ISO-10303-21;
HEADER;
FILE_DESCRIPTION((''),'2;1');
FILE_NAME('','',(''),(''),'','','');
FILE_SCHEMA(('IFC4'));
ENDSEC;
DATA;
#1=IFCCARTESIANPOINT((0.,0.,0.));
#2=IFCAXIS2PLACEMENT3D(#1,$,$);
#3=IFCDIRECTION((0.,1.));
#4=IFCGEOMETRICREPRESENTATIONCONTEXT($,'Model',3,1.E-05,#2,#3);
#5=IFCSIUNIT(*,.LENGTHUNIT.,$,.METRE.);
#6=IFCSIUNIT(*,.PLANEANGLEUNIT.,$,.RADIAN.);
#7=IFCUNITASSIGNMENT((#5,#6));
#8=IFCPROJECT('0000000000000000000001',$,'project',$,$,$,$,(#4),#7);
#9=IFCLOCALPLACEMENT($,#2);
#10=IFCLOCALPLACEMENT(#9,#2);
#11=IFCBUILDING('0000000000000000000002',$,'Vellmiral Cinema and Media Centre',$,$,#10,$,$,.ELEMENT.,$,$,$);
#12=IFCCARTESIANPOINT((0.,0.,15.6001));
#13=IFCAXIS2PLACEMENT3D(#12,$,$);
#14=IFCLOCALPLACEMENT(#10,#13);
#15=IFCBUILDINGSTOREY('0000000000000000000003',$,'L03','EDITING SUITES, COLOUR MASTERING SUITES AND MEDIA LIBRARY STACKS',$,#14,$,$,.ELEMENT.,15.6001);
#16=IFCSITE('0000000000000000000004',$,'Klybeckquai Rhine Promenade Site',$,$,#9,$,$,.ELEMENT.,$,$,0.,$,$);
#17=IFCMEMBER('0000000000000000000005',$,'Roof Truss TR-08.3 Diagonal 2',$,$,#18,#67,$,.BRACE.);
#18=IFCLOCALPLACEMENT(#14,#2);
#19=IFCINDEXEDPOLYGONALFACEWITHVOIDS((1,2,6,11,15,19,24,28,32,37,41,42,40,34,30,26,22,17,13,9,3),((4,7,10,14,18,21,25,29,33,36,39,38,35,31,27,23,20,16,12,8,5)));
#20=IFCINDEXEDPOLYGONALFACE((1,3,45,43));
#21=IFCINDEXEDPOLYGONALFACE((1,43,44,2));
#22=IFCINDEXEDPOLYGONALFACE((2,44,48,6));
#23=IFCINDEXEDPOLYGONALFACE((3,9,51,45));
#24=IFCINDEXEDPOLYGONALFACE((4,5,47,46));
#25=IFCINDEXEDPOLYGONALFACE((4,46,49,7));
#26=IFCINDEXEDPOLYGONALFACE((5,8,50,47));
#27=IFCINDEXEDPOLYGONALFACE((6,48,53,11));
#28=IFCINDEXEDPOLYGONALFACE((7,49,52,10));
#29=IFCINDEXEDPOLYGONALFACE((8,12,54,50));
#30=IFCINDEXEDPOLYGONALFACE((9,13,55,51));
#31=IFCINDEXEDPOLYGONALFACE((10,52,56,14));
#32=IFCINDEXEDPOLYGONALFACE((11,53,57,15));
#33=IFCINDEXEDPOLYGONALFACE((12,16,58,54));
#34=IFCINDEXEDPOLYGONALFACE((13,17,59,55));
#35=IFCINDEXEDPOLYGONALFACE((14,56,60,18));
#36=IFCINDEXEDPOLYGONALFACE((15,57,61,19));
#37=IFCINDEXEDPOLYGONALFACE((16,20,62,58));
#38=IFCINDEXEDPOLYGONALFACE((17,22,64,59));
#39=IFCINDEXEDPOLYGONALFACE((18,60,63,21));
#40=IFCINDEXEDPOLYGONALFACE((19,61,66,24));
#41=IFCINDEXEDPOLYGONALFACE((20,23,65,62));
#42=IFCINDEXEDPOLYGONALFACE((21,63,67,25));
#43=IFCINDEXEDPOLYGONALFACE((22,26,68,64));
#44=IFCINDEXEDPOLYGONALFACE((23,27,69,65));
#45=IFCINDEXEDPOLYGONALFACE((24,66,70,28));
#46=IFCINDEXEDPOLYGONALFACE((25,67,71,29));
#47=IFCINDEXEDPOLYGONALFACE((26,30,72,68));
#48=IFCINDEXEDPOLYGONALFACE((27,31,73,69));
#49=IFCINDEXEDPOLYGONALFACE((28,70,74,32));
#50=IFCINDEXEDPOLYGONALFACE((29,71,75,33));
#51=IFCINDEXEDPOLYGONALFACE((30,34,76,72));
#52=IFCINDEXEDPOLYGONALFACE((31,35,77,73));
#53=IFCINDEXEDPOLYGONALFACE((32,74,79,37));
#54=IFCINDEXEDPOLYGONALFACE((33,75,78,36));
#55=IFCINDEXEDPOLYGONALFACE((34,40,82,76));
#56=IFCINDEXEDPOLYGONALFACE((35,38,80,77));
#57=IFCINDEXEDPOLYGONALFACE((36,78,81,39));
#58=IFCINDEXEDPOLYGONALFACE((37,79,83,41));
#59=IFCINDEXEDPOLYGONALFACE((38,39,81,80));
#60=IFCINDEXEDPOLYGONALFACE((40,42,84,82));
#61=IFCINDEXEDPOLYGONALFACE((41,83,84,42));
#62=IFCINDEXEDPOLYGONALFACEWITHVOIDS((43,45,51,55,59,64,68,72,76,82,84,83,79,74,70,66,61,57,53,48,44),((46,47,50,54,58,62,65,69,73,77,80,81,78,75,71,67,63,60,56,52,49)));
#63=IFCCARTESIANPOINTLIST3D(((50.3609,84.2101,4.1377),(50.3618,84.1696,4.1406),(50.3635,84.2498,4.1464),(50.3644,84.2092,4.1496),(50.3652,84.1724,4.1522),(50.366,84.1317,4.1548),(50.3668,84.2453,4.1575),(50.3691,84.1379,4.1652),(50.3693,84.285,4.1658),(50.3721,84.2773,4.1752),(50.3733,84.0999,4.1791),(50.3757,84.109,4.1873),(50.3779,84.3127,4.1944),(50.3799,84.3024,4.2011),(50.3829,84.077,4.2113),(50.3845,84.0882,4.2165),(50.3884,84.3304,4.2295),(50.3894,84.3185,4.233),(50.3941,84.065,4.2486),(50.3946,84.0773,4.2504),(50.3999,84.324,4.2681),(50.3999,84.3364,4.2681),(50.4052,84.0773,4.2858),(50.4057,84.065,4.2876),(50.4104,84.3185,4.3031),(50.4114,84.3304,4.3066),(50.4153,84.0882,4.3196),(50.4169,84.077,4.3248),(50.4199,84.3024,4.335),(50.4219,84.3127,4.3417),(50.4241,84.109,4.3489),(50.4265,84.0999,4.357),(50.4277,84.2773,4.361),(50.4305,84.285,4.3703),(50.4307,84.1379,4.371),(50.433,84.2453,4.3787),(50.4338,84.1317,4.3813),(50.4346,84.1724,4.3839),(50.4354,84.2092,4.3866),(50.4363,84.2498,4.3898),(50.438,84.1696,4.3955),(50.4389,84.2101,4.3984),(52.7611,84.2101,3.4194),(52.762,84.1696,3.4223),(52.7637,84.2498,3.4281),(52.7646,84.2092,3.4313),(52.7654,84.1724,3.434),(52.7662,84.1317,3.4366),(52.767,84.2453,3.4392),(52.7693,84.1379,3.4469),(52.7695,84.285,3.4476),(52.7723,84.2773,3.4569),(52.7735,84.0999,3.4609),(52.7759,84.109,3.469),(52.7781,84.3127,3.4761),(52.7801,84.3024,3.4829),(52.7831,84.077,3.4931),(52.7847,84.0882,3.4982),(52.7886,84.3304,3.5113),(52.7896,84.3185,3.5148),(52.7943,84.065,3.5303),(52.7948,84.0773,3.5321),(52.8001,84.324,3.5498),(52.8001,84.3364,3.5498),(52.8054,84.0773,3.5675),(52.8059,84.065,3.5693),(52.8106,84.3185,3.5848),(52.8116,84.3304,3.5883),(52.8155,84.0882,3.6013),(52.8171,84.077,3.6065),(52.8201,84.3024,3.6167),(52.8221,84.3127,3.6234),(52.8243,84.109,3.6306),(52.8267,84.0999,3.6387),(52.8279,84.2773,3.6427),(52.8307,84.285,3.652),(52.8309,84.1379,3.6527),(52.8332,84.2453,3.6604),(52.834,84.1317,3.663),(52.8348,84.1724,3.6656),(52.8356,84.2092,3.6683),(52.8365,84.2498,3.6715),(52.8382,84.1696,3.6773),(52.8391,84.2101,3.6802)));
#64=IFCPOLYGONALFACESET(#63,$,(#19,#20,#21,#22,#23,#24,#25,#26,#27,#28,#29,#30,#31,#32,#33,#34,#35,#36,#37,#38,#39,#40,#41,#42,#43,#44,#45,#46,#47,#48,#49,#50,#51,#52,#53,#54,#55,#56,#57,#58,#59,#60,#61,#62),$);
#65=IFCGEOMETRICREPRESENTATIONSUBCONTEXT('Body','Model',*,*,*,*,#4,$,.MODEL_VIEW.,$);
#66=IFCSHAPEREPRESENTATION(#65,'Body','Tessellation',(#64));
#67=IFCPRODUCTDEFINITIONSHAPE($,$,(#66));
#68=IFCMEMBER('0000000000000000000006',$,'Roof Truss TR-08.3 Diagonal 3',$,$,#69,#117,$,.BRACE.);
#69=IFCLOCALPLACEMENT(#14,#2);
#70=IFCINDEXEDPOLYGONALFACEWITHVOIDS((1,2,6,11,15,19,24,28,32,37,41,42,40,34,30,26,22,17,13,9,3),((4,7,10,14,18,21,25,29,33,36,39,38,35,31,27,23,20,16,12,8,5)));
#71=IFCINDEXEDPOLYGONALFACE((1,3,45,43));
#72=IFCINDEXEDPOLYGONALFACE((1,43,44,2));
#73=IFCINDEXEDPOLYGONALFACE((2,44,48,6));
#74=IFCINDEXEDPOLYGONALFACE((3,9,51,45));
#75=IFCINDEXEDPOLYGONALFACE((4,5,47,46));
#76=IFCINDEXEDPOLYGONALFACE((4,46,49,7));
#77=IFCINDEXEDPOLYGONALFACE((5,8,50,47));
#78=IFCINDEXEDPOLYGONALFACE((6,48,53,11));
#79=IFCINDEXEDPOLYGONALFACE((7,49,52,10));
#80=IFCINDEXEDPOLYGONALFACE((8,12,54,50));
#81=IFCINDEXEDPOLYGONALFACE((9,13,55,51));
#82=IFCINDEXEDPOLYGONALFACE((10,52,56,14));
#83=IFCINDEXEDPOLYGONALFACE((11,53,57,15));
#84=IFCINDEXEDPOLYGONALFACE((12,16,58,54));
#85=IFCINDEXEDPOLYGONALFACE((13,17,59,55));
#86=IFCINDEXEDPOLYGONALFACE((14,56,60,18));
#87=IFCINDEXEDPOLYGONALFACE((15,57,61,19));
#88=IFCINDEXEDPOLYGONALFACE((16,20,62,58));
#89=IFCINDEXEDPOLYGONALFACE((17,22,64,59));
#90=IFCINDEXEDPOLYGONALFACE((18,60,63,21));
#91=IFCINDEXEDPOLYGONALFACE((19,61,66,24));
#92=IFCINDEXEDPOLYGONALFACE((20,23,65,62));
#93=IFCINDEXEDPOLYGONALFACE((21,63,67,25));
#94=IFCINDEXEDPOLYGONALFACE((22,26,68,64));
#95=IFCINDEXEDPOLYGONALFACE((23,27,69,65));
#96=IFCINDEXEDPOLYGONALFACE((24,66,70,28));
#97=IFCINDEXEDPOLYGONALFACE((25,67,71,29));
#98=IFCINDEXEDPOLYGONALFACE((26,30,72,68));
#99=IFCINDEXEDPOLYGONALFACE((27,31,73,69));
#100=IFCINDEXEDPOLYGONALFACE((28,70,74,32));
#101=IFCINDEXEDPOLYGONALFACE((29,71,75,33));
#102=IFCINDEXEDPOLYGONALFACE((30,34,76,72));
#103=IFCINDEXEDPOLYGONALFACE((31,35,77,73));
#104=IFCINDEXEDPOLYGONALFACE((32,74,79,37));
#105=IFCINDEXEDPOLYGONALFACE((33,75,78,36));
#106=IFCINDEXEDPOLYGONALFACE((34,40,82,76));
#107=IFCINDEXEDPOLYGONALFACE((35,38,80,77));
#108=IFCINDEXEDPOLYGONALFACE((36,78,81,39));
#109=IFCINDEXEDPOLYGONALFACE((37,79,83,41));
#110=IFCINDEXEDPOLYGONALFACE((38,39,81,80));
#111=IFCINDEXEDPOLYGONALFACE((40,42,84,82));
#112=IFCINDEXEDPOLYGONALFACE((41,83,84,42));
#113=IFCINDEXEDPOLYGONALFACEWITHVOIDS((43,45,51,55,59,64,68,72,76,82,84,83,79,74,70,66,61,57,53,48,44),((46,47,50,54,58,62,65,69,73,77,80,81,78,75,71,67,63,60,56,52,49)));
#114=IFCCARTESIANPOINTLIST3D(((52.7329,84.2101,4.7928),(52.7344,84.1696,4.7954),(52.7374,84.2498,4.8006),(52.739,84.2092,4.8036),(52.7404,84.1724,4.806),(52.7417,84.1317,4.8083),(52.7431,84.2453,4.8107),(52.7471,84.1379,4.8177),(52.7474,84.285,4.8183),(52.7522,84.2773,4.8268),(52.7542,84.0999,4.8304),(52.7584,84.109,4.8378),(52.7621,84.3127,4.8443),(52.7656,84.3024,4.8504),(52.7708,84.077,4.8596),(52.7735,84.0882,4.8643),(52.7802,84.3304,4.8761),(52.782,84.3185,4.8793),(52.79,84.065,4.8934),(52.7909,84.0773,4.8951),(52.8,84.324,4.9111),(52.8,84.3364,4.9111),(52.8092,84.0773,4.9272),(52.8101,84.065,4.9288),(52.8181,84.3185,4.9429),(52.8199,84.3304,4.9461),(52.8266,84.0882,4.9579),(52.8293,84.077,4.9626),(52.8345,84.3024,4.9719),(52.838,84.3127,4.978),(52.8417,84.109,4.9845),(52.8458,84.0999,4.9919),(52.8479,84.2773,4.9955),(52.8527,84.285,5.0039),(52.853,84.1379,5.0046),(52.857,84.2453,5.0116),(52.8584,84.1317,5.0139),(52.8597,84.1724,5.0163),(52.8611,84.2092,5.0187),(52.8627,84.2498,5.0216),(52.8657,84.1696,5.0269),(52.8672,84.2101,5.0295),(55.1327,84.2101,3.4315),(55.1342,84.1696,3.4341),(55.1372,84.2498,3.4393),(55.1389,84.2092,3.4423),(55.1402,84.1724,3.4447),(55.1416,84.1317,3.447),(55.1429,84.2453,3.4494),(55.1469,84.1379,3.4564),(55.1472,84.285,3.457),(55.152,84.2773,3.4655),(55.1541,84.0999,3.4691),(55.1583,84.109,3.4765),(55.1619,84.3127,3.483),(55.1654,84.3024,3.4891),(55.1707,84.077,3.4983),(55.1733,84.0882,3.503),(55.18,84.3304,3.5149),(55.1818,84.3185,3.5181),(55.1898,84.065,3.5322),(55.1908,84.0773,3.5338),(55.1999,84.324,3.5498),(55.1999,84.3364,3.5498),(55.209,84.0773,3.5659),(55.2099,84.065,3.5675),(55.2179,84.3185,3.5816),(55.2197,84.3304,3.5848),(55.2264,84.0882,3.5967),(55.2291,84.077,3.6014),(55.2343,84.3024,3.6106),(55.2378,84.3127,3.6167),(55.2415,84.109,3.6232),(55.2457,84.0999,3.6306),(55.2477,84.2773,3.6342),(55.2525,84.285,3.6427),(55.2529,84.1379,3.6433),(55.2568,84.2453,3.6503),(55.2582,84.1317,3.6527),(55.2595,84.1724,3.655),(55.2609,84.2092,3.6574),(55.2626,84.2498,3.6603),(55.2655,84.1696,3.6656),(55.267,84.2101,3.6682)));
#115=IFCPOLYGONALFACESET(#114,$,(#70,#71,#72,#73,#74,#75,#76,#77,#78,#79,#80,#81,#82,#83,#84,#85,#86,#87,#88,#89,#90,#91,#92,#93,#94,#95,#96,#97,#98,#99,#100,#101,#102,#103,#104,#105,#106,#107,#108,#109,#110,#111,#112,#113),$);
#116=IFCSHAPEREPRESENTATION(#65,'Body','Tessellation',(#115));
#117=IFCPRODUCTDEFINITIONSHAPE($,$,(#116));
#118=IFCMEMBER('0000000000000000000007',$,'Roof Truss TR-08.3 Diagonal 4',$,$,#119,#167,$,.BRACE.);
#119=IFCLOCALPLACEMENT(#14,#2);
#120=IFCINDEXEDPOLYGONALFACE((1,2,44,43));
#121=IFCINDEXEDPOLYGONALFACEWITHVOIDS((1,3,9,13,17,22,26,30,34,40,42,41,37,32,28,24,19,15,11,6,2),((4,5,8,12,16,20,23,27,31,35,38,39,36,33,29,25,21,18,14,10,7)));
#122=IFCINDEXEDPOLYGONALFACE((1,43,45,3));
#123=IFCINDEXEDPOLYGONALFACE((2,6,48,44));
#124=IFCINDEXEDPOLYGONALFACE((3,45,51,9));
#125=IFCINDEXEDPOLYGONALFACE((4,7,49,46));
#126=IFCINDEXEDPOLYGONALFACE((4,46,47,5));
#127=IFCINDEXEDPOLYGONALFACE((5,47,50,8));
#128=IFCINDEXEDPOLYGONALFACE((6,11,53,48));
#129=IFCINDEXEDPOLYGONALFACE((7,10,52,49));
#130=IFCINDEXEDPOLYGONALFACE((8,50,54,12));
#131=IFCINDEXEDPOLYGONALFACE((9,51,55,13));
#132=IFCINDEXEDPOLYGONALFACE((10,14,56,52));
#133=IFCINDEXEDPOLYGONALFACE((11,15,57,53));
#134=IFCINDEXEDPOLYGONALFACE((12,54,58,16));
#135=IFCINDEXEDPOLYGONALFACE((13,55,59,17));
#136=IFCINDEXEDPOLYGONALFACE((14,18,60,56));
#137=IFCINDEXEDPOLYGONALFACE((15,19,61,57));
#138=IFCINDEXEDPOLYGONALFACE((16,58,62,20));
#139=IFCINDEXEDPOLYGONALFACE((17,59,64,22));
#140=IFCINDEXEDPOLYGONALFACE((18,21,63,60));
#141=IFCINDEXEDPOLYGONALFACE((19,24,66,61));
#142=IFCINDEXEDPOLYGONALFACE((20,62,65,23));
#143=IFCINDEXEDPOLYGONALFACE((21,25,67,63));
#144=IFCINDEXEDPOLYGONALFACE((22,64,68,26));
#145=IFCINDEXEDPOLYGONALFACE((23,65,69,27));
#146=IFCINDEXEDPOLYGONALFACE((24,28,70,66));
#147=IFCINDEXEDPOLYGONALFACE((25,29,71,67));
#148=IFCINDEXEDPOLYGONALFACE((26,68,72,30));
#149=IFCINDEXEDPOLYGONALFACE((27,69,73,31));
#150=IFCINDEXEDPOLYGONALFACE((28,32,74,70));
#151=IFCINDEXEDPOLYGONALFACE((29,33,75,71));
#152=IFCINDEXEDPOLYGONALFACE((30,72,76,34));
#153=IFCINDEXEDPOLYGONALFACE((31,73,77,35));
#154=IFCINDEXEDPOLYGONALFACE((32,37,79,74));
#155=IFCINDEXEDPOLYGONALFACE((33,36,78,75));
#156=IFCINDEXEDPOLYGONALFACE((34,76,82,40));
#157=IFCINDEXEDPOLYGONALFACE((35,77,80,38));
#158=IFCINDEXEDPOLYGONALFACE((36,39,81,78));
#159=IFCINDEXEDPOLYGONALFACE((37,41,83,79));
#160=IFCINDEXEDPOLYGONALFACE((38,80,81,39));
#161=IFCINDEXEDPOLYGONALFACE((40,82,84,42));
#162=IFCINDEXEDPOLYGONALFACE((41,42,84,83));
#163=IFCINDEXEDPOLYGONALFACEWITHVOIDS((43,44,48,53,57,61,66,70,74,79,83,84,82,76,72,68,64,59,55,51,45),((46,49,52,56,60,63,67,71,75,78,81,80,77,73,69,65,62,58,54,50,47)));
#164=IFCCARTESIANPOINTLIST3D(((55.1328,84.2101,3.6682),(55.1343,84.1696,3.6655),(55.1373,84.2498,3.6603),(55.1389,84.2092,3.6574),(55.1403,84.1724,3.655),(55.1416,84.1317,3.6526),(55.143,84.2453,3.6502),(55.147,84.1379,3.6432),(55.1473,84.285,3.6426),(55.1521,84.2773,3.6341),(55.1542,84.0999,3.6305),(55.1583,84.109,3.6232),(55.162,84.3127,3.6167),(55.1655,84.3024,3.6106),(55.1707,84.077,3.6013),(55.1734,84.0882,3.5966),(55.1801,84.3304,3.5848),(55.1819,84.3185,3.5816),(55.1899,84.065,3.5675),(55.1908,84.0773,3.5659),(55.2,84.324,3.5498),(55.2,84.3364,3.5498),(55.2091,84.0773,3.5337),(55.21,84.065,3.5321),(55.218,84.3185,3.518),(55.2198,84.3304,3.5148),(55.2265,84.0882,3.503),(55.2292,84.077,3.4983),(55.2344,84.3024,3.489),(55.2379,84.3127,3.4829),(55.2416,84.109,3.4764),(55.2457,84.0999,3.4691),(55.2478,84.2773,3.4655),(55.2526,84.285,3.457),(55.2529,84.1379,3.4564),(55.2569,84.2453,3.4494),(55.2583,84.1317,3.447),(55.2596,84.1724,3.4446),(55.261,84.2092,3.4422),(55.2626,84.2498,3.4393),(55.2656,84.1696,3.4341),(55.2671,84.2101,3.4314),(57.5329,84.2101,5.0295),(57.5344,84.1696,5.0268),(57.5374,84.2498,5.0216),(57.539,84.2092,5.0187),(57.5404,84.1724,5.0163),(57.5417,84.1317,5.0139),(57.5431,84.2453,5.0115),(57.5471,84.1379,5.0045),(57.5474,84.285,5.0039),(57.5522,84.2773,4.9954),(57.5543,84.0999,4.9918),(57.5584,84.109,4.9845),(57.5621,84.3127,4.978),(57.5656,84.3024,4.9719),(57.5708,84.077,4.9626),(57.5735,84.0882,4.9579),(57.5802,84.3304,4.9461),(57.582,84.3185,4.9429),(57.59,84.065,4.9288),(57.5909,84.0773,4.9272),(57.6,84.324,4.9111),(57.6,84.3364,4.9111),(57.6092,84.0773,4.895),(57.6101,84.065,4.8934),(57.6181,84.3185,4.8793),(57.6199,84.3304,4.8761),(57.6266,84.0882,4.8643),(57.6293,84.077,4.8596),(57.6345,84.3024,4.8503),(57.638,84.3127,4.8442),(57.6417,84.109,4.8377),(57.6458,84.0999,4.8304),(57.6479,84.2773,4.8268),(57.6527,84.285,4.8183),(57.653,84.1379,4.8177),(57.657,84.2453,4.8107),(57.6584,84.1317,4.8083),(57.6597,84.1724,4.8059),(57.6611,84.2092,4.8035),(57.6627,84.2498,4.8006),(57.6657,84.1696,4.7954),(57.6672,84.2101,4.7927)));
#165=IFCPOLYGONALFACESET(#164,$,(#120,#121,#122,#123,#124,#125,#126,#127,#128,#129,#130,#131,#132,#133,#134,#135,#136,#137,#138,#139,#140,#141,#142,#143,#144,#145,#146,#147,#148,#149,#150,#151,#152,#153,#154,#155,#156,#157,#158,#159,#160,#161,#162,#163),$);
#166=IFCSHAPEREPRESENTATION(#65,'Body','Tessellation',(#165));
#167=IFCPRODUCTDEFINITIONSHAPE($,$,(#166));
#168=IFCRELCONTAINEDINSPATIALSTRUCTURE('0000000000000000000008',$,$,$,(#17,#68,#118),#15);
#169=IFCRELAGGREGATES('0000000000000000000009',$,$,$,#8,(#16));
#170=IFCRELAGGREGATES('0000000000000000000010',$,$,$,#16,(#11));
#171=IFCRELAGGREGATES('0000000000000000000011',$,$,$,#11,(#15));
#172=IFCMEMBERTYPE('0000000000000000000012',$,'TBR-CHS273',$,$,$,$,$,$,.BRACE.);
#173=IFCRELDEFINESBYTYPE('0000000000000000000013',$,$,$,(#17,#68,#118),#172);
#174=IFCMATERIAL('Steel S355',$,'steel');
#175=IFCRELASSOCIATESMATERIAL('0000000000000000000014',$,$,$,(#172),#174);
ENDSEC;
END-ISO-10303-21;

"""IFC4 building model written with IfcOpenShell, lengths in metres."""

from ifc_helpers import new_model, si_unit, direction, frame, origin, origin_2d, place, context, subcontext, project, spatial, hollow_circle, extrude, material, material_profile, profile_set, type_object, element, save


model = new_model("IFC4")

# Units and contexts
model_context = context("Model", 3, precision=1e-05, world=origin(), true_north=direction((0.0, 1.0)))
body_context = subcontext(model_context, "Body", "Model", "MODEL_VIEW")
ifc_project = project(units=[si_unit("LENGTHUNIT", "METRE"), si_unit("PLANEANGLEUNIT", "RADIAN")], contexts=[model_context])

# Site, building, storey
site_placement = place(None, origin())
site = spatial("IfcSite", under=ifc_project, at=site_placement, Name="Klybeckquai Rhine Promenade Site", CompositionType="ELEMENT", RefElevation=0.0)
building_placement = place(site_placement, origin())
building = spatial("IfcBuilding", under=site, at=building_placement, Name="Vellmiral Cinema and Media Centre", CompositionType="ELEMENT")
storey_placement = place(building_placement, frame((0.0, 0.0, 15.6001)))
storey = spatial("IfcBuildingStorey", under=building, at=storey_placement, Name="L03", Description="EDITING SUITES, COLOUR MASTERING SUITES AND MEDIA LIBRARY STACKS", CompositionType="ELEMENT", Elevation=15.6001)

# Members
ifc_material_1 = material(Name="Steel S355", Category="steel")
ifc_material_profile_1 = material_profile(ifc_material_1, hollow_circle(Radius=0.1365, WallThickness=0.0125, at=origin_2d()), Name="CHS 273.0x12.5")
ifc_profile_set_1 = profile_set([ifc_material_profile_1], Name="Steel S355")
member_type_1 = type_object("IfcMemberType", Name="TBR-CHS273", PredefinedType="BRACE", material=ifc_profile_set_1)
member_1_placement = place(storey_placement, frame((50.3999, 84.2, 4.2681), z_axis=(0.958022, 0.0, -0.286695), x_axis=(0.0, 1.0, 0.0)))
element("IfcMember", 1, at=member_1_placement, inside=storey, type_object=member_type_1, Name="Roof Truss TR-08.3 Diagonal 2", PredefinedType="BRACE", context=body_context, shape_type="SweptSolid", body=[
    extrude(hollow_circle(Radius=0.1365, WallThickness=0.0125, at=origin_2d()), origin(), (0.0, 0.0, 1.0), 2.5054),
])
member_2_placement = place(storey_placement, frame((52.8, 84.2, 4.9111), z_axis=(0.869807, 0.0, -0.493392), x_axis=(0.0, 1.0, 0.0)))
element("IfcMember", 2, at=member_2_placement, inside=storey, type_object=member_type_1, Name="Roof Truss TR-08.3 Diagonal 3", PredefinedType="BRACE", context=body_context, shape_type="SweptSolid", body=[
    extrude(hollow_circle(Radius=0.1365, WallThickness=0.0125, at=origin_2d()), origin(), (0.0, 0.0, 1.0), 2.759),
])
member_3_placement = place(storey_placement, frame((55.2, 84.2, 3.5498), z_axis=(0.869829, 0.0, 0.493354), x_axis=(0.0, 1.0, 0.0)))
element("IfcMember", 3, at=member_3_placement, inside=storey, type_object=member_type_1, Name="Roof Truss TR-08.3 Diagonal 4", PredefinedType="BRACE", context=body_context, shape_type="SweptSolid", body=[
    extrude(hollow_circle(Radius=0.1365, WallThickness=0.0125, at=origin_2d()), origin(), (0.0, 0.0, 1.0), 2.7593),
])

save(model, "model.ifc")
